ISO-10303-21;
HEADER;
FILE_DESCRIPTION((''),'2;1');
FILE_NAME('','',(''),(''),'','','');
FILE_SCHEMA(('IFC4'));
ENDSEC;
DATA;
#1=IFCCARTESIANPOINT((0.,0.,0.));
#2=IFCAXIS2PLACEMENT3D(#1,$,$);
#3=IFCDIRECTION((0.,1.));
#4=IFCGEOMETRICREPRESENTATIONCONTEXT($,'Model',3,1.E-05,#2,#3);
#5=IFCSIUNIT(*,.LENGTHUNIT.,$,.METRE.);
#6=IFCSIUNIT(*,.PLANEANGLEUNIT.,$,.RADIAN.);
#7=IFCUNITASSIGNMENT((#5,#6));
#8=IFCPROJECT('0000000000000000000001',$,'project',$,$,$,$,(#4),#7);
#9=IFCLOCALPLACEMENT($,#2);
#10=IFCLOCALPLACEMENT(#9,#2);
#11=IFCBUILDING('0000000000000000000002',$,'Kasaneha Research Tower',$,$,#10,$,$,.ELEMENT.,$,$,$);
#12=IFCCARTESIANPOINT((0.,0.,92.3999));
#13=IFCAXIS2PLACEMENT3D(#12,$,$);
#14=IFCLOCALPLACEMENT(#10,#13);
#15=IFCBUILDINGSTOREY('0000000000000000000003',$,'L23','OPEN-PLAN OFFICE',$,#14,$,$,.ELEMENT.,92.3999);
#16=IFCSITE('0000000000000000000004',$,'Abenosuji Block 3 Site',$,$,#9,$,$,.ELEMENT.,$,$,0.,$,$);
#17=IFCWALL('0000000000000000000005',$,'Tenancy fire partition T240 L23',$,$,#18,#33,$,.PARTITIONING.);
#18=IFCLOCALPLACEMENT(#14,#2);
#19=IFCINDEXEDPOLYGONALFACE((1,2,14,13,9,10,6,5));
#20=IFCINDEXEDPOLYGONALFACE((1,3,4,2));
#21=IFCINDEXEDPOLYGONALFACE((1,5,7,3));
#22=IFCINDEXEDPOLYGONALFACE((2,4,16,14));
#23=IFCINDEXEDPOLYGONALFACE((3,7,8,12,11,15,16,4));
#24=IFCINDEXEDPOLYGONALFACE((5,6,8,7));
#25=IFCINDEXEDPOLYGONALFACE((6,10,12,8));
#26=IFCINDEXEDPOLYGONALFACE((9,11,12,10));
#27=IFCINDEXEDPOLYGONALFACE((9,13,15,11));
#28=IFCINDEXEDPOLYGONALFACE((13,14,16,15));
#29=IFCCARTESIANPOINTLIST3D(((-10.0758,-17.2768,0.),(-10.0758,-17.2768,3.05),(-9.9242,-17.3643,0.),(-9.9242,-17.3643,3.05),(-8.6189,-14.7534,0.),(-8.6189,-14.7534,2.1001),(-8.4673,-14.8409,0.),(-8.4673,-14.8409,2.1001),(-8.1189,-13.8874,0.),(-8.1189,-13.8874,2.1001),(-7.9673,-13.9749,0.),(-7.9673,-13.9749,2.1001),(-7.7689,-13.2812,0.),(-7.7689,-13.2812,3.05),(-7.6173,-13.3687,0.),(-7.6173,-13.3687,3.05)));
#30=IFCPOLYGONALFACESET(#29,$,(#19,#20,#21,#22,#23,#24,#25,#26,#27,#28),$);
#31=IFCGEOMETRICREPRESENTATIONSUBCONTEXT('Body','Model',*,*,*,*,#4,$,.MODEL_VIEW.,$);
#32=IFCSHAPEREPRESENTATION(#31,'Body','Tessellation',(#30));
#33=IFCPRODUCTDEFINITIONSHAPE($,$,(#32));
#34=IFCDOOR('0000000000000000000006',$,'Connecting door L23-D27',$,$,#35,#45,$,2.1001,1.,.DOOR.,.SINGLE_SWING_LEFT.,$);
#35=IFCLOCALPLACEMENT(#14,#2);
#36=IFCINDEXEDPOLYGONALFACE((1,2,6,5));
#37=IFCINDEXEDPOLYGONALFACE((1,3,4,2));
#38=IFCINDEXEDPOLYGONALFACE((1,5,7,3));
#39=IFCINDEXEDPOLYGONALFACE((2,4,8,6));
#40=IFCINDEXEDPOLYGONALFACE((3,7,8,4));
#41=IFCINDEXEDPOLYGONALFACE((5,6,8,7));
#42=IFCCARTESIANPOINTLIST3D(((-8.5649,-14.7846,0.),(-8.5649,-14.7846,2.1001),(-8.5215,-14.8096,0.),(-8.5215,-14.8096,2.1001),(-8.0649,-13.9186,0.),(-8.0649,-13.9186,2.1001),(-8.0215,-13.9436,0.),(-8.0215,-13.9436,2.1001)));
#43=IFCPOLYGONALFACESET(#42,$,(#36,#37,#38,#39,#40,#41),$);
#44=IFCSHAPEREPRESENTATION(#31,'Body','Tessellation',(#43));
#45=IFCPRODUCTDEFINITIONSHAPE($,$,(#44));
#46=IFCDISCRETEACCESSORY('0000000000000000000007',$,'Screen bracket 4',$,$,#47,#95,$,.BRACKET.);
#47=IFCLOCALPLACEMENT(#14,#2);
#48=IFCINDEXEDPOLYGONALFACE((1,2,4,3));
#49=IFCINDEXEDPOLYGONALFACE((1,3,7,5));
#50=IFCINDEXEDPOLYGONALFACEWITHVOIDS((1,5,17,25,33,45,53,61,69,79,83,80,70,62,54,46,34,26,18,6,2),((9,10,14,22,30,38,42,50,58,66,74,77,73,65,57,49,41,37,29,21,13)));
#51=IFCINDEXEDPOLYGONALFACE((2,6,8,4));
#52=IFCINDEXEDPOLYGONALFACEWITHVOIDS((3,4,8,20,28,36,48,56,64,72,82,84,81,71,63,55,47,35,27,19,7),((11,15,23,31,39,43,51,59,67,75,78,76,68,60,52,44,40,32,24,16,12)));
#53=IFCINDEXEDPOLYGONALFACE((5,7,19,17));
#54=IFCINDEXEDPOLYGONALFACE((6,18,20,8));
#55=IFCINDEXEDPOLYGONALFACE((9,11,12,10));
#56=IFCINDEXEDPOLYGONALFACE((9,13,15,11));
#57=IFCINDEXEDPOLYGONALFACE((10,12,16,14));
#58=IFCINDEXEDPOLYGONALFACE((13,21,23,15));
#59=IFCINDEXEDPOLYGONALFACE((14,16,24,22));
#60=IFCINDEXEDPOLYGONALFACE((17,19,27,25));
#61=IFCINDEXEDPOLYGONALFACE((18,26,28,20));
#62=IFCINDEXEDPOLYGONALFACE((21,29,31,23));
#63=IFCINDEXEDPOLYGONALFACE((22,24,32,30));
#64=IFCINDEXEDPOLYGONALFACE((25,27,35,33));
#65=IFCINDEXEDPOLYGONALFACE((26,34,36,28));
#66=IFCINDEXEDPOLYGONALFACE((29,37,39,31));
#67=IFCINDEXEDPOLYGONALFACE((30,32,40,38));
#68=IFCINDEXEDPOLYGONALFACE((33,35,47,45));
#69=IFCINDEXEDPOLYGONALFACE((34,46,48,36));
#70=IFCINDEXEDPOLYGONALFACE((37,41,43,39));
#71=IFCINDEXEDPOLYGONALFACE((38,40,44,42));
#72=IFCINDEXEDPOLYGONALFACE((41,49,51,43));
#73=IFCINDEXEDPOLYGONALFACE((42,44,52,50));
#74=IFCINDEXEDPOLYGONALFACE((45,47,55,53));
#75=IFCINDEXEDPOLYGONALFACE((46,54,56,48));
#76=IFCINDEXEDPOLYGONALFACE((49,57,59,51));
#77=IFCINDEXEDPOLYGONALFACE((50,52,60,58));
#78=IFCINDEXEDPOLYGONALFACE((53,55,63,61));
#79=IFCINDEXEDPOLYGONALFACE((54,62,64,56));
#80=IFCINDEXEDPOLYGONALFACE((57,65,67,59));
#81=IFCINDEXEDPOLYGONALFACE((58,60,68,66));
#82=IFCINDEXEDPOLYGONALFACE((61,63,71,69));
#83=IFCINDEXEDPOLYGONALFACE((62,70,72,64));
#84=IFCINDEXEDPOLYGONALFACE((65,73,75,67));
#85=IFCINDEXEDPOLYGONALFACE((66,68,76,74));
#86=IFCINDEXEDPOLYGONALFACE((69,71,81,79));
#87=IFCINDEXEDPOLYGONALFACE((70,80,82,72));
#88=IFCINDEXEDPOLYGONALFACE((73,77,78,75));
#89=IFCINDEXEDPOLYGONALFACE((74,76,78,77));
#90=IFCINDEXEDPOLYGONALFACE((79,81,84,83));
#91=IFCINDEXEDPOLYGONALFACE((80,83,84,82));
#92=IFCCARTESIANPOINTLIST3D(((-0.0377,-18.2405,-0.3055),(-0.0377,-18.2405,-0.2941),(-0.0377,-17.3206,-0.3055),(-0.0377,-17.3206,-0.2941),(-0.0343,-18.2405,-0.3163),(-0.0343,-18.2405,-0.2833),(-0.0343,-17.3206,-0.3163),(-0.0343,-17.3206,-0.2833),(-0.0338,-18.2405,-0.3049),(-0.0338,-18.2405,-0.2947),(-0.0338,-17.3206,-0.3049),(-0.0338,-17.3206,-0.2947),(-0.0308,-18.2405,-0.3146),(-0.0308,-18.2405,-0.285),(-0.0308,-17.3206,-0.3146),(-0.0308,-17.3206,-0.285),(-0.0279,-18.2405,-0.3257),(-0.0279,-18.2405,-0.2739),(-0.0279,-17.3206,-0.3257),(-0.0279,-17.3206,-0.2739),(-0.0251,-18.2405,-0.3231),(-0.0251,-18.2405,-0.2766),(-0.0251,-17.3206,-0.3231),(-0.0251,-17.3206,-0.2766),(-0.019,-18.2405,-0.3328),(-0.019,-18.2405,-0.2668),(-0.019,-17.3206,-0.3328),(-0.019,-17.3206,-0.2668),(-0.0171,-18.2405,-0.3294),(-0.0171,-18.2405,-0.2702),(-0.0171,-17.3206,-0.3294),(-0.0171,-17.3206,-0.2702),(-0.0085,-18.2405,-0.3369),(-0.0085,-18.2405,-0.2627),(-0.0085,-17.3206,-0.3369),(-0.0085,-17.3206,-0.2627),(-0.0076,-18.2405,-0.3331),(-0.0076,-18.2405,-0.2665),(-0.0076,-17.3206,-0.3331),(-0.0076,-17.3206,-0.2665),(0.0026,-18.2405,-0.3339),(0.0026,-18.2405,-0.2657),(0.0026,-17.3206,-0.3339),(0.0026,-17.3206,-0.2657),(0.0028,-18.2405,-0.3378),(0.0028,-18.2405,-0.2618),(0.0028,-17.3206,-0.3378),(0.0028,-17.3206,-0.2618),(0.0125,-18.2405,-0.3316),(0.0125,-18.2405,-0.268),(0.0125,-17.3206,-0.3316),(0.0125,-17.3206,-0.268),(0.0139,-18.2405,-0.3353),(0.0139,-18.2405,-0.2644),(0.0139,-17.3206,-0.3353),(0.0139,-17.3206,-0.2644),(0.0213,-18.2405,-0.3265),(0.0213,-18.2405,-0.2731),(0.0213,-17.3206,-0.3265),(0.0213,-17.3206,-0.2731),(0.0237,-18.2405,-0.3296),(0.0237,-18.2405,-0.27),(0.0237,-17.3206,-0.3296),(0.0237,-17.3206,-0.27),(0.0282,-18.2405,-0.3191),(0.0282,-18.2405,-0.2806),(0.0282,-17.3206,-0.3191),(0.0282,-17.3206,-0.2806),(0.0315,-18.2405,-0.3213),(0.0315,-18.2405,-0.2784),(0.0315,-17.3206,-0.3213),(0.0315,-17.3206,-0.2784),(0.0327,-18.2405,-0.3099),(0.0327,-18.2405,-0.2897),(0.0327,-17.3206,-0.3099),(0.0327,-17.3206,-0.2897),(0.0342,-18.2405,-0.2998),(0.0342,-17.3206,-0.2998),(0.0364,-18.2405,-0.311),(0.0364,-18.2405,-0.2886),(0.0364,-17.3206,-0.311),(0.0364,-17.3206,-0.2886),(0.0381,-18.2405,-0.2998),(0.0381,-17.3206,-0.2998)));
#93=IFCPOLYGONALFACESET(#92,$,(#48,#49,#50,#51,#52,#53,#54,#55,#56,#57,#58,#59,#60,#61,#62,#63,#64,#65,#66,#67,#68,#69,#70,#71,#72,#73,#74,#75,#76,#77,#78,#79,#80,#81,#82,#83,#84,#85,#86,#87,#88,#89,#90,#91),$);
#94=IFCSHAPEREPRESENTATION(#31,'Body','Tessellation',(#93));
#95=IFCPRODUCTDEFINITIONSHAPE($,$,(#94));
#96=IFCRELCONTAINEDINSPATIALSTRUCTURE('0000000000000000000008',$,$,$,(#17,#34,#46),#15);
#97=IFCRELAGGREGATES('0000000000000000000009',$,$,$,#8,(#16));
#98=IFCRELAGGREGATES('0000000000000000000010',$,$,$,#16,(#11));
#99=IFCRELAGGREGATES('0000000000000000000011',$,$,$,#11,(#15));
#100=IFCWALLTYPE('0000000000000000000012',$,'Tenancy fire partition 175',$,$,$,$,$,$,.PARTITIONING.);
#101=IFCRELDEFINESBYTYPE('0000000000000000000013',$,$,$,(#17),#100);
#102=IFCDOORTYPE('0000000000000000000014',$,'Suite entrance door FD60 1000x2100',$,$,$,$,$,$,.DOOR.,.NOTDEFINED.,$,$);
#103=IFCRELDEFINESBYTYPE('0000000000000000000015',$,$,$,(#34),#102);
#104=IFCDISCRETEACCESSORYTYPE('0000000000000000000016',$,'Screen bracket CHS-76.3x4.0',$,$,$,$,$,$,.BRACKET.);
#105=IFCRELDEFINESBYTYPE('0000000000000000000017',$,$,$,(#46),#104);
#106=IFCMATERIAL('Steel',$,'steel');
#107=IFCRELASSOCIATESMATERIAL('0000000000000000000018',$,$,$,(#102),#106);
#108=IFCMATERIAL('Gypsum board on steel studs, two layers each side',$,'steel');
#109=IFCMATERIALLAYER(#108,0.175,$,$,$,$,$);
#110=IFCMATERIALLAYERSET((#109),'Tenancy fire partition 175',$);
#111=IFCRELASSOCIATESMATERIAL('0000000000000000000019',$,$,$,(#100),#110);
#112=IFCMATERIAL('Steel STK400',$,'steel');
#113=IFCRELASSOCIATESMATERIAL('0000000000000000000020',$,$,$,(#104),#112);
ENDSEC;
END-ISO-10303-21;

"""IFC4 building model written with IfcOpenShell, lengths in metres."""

from ifc_helpers import new_model, si_unit, direction, frame, frame_2d, origin, origin_2d, place, context, subcontext, project, spatial, rectangle, hollow_circle, extrude, material, layer, layer_set, material_profile, profile_set, type_object, element, fill, save


model = new_model("IFC4")

# Units and contexts
model_context = context("Model", 3, precision=1e-05, world=origin(), true_north=direction((0.0, 1.0)))
body_context = subcontext(model_context, "Body", "Model", "MODEL_VIEW")
ifc_project = project(units=[si_unit("LENGTHUNIT", "METRE"), si_unit("PLANEANGLEUNIT", "RADIAN")], contexts=[model_context])

# Site, building, storey
site_placement = place(None, origin())
site = spatial("IfcSite", under=ifc_project, at=site_placement, Name="Abenosuji Block 3 Site", CompositionType="ELEMENT", RefElevation=0.0)
building_placement = place(site_placement, origin())
building = spatial("IfcBuilding", under=site, at=building_placement, Name="Kasaneha Research Tower", CompositionType="ELEMENT")
storey_placement = place(building_placement, frame((0.0, 0.0, 92.3999)))
storey = spatial("IfcBuildingStorey", under=building, at=storey_placement, Name="L23", Description="OPEN-PLAN OFFICE", CompositionType="ELEMENT", Elevation=92.3999)

# Shared definitions
ifc_material_1 = material(Name="Steel", Category="steel")
door_type_1 = type_object("IfcDoorType", Name="Suite entrance door FD60 1000x2100", OperationType="NOTDEFINED", PredefinedType="DOOR", material=ifc_material_1)

# Wall, opening, door
ifc_material_2 = material(Name="Gypsum board on steel studs, two layers each side", Category="steel")
ifc_layer_1 = layer(ifc_material_2, 0.175)
ifc_layer_set_1 = layer_set([ifc_layer_1], Name="Tenancy fire partition 175")
wall_type_1 = type_object("IfcWallType", Name="Tenancy fire partition 175", PredefinedType="PARTITIONING", material=ifc_layer_set_1)
wall_1_placement = place(storey_placement, frame((-7.6931, -13.325, 0.0), z_axis=(0.0, 0.0, 1.0), x_axis=(-0.500003, -0.866023, 0.0)))
wall_1 = element("IfcWall", 1, at=wall_1_placement, inside=storey, type_object=wall_type_1, Name="Tenancy fire partition T240 L23", PredefinedType="PARTITIONING", context=body_context, shape_type="SweptSolid", body=[
    extrude(rectangle(XDim=4.6138, YDim=0.175, at=frame_2d((2.3069, 0.0))), origin(), (0.0, 0.0, 1.0), 3.05),
])
opening_1_placement = place(wall_1_placement, frame((0.7, 0.0, 0.0)))
opening_1 = element("IfcOpeningElement", 2, at=opening_1_placement, cuts=wall_1, PredefinedType="OPENING", context=body_context, shape_type="SweptSolid", body=[
    extrude(rectangle(XDim=1.0, YDim=2.1001, at=frame_2d((0.5, 1.05))), frame((0.0, 0.0977, 0.0), z_axis=(0.0, -1.0, 0.0), x_axis=(1.0, 0.0, 0.0)), (0.0, 0.0, 1.0), 0.1951),
])
door_1_placement = place(opening_1_placement, origin())
door_1 = element("IfcDoor", 3, at=door_1_placement, inside=storey, type_object=door_type_1, Name="Connecting door L23-D27", OperationType="SINGLE_SWING_LEFT", OverallHeight=2.1001, OverallWidth=1.0, PredefinedType="DOOR", context=body_context, shape_type="SweptSolid", body=[
    extrude(rectangle(XDim=1.0, YDim=2.1001, at=frame_2d((0.5, 1.05))), frame((0.0, 0.0249, 0.0), z_axis=(0.0, -1.0, 0.0), x_axis=(1.0, 0.0, 0.0)), (0.0, 0.0, 1.0), 0.05),
])
fill(opening_1, door_1)

# Discrete accessory
ifc_material_3 = material(Name="Steel STK400", Category="steel")
ifc_material_profile_1 = material_profile(ifc_material_3, hollow_circle(Radius=0.0381, WallThickness=0.0039, at=origin_2d()), Name="CHS-76.3x4.0")
ifc_profile_set_1 = profile_set([ifc_material_profile_1], Name="Steel STK400")
discrete_accessory_type = type_object("IfcDiscreteAccessoryType", Name="Screen bracket CHS-76.3x4.0", PredefinedType="BRACKET", material=ifc_profile_set_1)
discrete_accessory_placement = place(storey_placement, frame((0.0, -17.3206, -0.2998), z_axis=(0.0, -1.0, 0.0), x_axis=(1.0, 0.0, 0.0)))
element("IfcDiscreteAccessory", 4, at=discrete_accessory_placement, inside=storey, type_object=discrete_accessory_type, Name="Screen bracket 4", PredefinedType="BRACKET", context=body_context, shape_type="SweptSolid", body=[
    extrude(hollow_circle(Radius=0.0381, WallThickness=0.0039, at=origin_2d()), origin(), (0.0, 0.0, 1.0), 0.9199),
])

save(model, "model.ifc")
